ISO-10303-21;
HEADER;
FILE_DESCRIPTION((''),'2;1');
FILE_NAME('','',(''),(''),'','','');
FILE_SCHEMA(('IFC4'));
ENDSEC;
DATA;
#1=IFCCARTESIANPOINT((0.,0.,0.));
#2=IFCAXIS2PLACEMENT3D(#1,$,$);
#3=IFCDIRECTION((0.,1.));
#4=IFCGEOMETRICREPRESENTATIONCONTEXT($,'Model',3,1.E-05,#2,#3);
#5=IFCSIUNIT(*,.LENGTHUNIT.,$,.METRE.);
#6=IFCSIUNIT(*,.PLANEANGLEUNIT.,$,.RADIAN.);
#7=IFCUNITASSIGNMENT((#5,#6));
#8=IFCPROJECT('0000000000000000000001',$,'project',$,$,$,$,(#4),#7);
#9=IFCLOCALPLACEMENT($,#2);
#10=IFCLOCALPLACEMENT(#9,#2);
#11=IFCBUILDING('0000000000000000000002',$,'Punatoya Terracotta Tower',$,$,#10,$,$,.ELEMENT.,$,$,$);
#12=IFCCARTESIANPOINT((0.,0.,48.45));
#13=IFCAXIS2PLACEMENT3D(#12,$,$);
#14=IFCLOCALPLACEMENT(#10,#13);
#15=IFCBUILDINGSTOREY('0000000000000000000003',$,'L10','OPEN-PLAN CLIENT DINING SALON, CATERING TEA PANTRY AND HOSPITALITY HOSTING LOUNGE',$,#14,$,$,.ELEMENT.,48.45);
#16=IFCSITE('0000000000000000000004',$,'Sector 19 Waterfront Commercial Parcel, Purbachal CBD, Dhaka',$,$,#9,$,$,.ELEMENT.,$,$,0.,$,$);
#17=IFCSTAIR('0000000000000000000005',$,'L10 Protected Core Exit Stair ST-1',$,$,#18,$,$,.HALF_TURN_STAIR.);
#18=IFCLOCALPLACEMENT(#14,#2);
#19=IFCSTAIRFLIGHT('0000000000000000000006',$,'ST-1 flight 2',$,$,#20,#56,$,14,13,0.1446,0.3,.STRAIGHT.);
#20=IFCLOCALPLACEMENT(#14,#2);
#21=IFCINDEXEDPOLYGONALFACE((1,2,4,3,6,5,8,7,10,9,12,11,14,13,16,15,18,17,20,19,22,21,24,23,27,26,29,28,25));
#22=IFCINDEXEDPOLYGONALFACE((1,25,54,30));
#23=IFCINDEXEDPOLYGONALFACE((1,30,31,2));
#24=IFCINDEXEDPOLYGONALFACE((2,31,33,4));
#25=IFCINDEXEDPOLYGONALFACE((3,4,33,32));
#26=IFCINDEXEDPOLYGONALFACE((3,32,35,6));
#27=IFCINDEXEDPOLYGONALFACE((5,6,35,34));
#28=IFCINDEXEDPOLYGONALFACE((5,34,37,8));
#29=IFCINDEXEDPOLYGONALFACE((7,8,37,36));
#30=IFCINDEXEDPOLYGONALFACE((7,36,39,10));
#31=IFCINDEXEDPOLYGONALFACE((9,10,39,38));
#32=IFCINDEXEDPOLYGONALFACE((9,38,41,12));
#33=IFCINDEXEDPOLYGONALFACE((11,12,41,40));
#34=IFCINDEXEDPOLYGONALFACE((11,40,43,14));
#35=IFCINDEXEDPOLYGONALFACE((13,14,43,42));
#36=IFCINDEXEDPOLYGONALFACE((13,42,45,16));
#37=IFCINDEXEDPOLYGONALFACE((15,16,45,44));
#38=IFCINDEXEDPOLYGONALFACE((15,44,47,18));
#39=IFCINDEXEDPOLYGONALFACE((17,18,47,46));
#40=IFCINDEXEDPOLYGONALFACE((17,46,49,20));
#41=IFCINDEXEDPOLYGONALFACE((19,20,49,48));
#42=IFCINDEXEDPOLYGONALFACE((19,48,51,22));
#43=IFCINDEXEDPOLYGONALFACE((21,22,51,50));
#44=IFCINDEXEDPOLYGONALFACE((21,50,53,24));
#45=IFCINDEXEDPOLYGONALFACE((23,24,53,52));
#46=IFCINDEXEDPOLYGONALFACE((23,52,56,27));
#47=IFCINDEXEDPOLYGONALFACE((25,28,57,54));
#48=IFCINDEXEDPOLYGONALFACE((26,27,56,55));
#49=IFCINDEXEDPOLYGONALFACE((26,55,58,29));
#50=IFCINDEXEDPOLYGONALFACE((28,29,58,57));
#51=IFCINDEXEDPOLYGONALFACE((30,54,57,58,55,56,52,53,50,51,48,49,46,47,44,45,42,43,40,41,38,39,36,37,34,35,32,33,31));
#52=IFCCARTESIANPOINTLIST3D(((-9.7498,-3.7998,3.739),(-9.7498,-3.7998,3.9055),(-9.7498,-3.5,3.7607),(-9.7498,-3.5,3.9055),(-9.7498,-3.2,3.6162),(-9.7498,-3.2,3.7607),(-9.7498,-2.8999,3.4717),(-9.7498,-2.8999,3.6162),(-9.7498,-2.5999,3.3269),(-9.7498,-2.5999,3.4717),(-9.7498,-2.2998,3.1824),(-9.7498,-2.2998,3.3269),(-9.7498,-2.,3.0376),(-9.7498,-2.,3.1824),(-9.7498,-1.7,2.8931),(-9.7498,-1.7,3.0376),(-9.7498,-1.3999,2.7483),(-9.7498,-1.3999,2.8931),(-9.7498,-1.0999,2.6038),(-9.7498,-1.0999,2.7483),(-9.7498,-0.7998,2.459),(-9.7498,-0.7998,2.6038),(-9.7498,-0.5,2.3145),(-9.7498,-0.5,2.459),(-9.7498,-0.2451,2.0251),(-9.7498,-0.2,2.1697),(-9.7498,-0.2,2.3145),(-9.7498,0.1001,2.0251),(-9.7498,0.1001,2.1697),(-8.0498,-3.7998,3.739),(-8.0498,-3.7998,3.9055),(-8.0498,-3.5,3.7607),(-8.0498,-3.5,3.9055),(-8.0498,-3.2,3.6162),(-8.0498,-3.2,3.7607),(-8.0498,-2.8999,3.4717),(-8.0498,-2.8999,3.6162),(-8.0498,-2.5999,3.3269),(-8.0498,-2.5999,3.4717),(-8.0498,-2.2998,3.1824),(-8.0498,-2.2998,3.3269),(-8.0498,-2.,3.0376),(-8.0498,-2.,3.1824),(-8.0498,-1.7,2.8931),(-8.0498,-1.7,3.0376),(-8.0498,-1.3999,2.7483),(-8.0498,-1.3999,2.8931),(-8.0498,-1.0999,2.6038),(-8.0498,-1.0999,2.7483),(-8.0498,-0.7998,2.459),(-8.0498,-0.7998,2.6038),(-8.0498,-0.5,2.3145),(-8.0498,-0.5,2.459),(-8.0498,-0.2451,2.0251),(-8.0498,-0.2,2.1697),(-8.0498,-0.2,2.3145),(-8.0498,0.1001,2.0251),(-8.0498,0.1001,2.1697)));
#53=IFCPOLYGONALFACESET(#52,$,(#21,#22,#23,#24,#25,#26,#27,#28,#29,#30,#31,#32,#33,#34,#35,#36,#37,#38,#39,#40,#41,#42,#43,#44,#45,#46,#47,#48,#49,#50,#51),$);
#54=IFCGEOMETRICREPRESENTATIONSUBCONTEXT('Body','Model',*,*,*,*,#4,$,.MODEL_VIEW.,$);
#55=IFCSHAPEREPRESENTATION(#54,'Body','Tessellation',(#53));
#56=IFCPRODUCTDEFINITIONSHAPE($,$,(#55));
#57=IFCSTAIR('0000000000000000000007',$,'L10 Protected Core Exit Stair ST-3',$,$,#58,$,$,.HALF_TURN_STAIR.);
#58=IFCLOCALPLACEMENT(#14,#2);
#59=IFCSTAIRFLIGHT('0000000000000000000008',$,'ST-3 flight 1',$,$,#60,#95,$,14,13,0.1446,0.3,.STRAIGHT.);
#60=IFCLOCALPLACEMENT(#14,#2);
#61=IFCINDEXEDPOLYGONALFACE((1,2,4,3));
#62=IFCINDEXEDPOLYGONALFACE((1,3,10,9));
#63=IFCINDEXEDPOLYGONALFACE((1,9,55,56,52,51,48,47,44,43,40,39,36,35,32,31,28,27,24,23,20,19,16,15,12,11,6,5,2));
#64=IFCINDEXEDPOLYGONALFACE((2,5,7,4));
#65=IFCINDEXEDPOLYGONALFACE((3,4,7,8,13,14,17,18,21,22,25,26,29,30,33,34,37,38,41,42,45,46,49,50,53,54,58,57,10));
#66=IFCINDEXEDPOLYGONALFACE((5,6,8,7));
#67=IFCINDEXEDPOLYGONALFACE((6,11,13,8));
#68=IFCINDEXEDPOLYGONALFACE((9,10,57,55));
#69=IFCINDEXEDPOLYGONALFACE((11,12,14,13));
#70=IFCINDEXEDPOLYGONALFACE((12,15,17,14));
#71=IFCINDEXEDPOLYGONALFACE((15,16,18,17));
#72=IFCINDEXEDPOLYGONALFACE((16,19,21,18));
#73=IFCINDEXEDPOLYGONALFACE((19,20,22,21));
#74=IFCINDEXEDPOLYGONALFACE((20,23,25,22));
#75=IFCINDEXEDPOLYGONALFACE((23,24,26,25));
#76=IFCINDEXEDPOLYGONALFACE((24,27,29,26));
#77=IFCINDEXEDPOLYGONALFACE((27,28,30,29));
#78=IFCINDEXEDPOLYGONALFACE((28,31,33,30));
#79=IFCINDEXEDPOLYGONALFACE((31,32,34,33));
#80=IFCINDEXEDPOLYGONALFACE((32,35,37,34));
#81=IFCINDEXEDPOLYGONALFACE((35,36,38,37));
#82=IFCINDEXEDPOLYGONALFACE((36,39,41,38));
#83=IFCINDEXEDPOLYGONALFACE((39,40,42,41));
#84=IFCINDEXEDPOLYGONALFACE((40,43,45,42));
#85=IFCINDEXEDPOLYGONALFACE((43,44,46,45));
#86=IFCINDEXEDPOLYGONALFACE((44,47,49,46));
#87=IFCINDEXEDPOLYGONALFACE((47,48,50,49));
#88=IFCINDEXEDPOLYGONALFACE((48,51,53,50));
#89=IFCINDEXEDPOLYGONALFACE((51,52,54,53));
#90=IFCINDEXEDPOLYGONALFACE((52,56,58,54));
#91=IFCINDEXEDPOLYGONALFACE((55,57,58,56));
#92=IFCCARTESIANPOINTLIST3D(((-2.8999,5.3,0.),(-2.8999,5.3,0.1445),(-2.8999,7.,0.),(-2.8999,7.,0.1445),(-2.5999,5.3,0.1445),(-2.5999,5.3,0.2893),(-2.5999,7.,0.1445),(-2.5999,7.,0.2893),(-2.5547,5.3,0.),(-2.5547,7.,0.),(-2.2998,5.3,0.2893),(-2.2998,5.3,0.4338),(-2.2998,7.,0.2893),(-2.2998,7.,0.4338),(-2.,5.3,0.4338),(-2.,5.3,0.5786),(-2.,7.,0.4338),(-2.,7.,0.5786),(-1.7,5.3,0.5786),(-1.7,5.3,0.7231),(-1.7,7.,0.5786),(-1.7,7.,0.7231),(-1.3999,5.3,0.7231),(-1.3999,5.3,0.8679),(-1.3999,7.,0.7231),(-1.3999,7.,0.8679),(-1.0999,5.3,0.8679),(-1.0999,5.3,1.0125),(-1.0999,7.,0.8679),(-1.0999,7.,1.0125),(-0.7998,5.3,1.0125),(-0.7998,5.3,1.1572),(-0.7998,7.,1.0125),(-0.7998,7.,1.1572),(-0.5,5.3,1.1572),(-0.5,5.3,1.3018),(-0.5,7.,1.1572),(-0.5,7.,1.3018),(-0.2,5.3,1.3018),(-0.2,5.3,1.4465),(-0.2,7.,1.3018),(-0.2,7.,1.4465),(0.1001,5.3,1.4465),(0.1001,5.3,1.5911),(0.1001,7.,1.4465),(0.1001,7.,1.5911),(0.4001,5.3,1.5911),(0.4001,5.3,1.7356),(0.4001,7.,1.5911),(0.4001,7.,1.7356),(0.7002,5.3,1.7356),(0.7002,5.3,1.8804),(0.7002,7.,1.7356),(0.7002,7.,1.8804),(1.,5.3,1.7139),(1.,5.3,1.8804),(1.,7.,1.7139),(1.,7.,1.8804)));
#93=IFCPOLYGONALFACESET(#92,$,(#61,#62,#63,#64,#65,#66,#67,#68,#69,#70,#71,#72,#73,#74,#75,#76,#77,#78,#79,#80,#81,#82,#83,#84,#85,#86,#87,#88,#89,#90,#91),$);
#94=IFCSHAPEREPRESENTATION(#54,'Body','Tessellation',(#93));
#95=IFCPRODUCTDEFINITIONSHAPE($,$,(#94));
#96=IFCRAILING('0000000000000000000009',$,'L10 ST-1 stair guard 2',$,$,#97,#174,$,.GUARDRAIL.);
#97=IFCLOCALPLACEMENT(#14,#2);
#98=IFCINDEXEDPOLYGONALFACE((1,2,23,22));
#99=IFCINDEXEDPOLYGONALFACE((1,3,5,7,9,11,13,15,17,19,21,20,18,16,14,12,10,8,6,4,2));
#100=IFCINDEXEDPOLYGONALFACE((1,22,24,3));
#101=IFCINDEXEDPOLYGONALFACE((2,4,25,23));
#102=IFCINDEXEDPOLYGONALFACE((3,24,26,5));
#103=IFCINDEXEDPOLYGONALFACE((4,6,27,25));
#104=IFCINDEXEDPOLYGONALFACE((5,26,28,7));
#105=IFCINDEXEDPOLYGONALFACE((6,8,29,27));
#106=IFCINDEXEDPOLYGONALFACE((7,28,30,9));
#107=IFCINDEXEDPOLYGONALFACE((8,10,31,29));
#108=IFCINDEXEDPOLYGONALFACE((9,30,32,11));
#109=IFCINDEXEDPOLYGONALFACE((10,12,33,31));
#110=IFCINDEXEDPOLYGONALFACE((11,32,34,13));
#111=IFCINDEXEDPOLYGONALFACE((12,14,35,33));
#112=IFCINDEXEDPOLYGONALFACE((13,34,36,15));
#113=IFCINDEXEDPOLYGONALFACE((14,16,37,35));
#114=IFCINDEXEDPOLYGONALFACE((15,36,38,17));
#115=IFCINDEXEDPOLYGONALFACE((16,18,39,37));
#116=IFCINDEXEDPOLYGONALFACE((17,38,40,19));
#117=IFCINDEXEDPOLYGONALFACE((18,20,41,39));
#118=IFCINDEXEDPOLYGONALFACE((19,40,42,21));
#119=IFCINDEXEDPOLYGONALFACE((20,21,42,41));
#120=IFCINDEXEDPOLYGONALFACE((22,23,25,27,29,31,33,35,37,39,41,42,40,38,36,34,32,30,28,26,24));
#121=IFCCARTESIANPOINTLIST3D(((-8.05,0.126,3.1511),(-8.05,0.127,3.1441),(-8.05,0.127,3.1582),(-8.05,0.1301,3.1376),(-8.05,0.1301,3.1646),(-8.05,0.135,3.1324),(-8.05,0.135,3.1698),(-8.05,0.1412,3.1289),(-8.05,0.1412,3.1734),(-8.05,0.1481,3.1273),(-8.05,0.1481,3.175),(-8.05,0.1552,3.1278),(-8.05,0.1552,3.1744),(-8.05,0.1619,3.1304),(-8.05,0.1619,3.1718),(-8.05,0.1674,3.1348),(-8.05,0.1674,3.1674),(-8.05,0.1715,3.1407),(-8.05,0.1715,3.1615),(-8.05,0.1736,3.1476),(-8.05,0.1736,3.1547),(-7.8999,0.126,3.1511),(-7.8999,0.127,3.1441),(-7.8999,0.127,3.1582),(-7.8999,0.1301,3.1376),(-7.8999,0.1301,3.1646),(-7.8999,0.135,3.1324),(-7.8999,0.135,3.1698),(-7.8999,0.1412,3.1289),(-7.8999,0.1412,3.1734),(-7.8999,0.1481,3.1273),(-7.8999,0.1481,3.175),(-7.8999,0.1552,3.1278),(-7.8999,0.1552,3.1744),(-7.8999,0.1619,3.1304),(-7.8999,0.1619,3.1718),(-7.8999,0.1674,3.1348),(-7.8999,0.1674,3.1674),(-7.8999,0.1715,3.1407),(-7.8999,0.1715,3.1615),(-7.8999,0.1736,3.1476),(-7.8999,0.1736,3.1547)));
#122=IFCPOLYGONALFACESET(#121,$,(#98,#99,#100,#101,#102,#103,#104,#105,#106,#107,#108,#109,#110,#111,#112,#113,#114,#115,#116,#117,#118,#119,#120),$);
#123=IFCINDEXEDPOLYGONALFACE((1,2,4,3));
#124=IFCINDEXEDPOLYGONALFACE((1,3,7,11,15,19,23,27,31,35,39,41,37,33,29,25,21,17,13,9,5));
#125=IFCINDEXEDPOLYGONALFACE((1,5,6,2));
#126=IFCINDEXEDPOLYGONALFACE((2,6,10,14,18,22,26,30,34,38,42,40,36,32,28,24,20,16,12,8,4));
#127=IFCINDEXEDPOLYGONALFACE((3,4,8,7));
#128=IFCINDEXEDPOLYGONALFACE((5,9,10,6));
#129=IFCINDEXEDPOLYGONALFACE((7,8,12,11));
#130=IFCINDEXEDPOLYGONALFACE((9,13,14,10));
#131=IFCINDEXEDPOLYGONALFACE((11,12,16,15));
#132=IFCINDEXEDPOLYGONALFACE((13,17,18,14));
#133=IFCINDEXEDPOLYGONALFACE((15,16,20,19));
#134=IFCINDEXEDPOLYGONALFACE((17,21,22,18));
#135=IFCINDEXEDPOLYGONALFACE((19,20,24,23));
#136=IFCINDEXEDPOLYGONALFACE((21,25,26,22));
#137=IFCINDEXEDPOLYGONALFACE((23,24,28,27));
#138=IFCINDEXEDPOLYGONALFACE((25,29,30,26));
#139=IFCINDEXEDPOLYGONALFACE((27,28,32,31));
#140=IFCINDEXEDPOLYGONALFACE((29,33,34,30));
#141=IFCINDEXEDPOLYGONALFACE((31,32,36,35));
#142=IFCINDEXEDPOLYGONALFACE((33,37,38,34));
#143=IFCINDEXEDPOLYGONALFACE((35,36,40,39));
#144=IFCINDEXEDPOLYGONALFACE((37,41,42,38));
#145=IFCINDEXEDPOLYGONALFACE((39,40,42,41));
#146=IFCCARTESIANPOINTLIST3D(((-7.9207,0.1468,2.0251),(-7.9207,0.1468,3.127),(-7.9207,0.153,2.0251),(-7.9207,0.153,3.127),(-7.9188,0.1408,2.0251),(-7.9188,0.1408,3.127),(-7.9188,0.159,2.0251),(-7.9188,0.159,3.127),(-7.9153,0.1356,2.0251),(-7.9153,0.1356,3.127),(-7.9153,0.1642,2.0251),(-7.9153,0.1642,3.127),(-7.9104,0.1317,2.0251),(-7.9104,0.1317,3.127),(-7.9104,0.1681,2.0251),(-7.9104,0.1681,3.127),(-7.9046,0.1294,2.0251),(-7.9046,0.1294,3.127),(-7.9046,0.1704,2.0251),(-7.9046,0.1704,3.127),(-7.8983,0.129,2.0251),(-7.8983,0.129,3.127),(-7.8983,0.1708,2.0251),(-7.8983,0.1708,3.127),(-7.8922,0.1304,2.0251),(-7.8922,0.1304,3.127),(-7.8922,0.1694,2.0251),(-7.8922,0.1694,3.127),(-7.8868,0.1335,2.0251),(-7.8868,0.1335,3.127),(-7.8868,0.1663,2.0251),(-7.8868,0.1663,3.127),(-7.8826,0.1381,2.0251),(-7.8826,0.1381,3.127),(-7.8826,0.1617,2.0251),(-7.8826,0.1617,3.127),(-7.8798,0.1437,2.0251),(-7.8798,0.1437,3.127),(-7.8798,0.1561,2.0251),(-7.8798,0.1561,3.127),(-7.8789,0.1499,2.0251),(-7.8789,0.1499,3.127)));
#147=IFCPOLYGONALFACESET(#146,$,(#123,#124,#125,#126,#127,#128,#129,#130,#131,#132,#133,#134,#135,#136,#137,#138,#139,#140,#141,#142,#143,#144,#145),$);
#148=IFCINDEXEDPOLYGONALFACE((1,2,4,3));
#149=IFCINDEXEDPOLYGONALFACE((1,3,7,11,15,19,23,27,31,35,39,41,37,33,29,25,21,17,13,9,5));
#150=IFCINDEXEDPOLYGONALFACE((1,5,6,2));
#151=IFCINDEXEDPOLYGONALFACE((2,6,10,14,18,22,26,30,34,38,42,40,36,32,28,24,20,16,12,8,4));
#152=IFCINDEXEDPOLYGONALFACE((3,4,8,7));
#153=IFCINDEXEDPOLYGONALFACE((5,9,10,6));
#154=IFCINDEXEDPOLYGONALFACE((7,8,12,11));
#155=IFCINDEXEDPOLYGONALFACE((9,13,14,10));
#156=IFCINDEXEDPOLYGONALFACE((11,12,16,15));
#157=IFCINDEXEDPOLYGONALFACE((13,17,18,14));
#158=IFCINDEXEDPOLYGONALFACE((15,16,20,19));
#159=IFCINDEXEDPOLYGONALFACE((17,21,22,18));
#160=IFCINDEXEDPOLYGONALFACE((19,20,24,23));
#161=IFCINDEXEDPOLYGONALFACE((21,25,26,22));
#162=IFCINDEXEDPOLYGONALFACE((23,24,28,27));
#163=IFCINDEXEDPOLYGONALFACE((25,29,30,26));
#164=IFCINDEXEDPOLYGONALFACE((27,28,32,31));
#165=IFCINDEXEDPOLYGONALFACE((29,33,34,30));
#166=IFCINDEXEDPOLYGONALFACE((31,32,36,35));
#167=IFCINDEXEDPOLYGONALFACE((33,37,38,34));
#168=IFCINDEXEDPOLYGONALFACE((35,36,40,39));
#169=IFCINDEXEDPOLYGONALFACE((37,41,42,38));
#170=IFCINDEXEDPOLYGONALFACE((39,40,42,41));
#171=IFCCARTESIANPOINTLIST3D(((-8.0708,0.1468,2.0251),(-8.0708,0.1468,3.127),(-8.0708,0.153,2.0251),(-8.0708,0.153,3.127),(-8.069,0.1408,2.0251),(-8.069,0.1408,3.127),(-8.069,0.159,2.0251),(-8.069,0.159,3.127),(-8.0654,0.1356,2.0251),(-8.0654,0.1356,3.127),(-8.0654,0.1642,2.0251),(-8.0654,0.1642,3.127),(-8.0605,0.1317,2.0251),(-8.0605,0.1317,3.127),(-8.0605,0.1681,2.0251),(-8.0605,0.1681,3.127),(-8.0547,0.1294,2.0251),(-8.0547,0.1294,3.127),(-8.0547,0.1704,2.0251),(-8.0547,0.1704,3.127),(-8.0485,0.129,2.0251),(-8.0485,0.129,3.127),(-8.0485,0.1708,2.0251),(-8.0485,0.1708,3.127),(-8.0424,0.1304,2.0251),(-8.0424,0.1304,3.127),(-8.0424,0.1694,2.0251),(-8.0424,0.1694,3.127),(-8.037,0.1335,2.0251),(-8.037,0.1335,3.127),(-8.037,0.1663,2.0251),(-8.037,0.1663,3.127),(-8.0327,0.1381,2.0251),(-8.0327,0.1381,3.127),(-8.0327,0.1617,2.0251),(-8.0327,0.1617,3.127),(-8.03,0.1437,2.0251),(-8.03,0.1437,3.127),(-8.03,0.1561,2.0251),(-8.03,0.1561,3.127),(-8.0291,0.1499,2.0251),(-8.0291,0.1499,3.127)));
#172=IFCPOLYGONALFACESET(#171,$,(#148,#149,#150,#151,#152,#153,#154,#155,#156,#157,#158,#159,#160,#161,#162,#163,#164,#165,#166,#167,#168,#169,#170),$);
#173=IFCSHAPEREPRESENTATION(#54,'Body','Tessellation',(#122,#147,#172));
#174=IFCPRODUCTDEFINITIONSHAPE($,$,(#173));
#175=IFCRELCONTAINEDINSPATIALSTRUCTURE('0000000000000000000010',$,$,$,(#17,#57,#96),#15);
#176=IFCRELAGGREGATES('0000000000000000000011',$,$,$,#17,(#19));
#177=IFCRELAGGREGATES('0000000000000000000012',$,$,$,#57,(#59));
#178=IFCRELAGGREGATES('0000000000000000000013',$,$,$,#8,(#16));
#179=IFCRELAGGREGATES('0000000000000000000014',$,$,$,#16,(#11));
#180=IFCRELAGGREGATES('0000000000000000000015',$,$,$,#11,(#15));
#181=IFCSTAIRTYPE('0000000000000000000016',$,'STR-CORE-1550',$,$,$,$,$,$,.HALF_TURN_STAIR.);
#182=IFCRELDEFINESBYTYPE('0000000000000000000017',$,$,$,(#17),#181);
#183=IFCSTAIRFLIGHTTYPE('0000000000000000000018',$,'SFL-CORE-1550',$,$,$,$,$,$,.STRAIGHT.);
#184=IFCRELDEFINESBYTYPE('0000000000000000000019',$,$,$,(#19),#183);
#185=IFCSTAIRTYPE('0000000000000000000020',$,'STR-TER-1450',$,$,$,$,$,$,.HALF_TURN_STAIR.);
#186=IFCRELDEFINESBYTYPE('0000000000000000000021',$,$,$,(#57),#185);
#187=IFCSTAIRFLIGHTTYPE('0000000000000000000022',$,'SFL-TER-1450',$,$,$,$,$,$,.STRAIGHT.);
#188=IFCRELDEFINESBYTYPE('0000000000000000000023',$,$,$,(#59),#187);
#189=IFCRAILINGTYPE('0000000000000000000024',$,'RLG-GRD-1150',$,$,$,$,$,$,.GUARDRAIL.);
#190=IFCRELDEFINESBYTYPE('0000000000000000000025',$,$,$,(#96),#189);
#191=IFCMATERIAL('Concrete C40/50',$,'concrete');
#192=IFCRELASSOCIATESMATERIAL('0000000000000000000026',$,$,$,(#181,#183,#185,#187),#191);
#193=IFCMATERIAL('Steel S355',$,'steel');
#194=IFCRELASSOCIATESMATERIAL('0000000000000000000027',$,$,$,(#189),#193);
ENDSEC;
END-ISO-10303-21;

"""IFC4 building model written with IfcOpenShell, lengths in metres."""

from ifc_helpers import new_model, si_unit, direction, frame, origin, origin_2d, place, context, subcontext, project, spatial, polyline, circle, outline, extrude, material, type_object, element, aggregate, save


model = new_model("IFC4")

# Units and contexts
model_context = context("Model", 3, precision=1e-05, world=origin(), true_north=direction((0.0, 1.0)))
body_context = subcontext(model_context, "Body", "Model", "MODEL_VIEW")
ifc_project = project(units=[si_unit("LENGTHUNIT", "METRE"), si_unit("PLANEANGLEUNIT", "RADIAN")], contexts=[model_context])

# Site, building, storey
site_placement = place(None, origin())
site = spatial("IfcSite", under=ifc_project, at=site_placement, Name="Sector 19 Waterfront Commercial Parcel, Purbachal CBD, Dhaka", CompositionType="ELEMENT", RefElevation=0.0)
building_placement = place(site_placement, origin())
building = spatial("IfcBuilding", under=site, at=building_placement, Name="Punatoya Terracotta Tower", CompositionType="ELEMENT")
storey_placement = place(building_placement, frame((0.0, 0.0, 48.45)))
storey = spatial("IfcBuildingStorey", under=building, at=storey_placement, Name="L10", Description="OPEN-PLAN CLIENT DINING SALON, CATERING TEA PANTRY AND HOSPITALITY HOSTING LOUNGE", CompositionType="ELEMENT", Elevation=48.45)

# Shared definitions
ifc_material_1 = material(Name="Steel S355", Category="steel")

# Shared definitions
ifc_material_2 = material(Name="Concrete C40/50", Category="concrete")

# Stairs, stair flights
stair_type_1 = type_object("IfcStairType", Name="STR-CORE-1550", PredefinedType="HALF_TURN_STAIR", material=ifc_material_2)
stair_1_placement = place(storey_placement, origin())
stair_1 = element("IfcStair", 1, at=stair_1_placement, inside=storey, type_object=stair_type_1, Name="L10 Protected Core Exit Stair ST-1", PredefinedType="HALF_TURN_STAIR")
stair_flight_type_1 = type_object("IfcStairFlightType", Name="SFL-CORE-1550", PredefinedType="STRAIGHT", material=ifc_material_2)
stair_flight_1_placement = place(storey_placement, frame((-8.8999, 0.1001, 2.0251), z_axis=(0.0, 0.0, 1.0), x_axis=(0.0, -1.0, 0.0)))
stair_flight_1 = element("IfcStairFlight", 2, at=stair_flight_1_placement, type_object=stair_flight_type_1, Name="ST-1 flight 2", NumberOfRisers=14, NumberOfTreads=13, PredefinedType="STRAIGHT", RiserHeight=0.1446, TreadLength=0.3, context=body_context, shape_type="SweptSolid", body=[
    extrude(outline(polyline([(0.0, 0.0), (0.0, 0.1445), (0.3, 0.1445), (0.3, 0.2893), (0.6001, 0.2893), (0.6001, 0.4338), (0.8999, 0.4338), (0.8999, 0.5786), (1.2, 0.5786), (1.2, 0.7231), (1.5, 0.7231), (1.5, 0.8679), (1.8, 0.8679), (1.8, 1.0125), (2.1001, 1.0125), (2.1001, 1.1572), (2.3999, 1.1572), (2.3999, 1.3018), (2.7, 1.3018), (2.7, 1.4465), (3.0, 1.4465), (3.0, 1.5911), (3.3, 1.5911), (3.3, 1.7356), (3.6001, 1.7356), (3.6001, 1.8804), (3.8999, 1.8804), (3.8999, 2.0249), (3.8999, 1.7139), (0.3452, 0.0), (0.0, 0.0)])), frame((0.0, 0.8501, 0.0), z_axis=(0.0, -1.0, 0.0), x_axis=(1.0, 0.0, 0.0)), (0.0, 0.0, 1.0), 1.7),
])
aggregate(stair_1, [stair_flight_1])
stair_type_2 = type_object("IfcStairType", Name="STR-TER-1450", PredefinedType="HALF_TURN_STAIR", material=ifc_material_2)
stair_2_placement = place(storey_placement, origin())
stair_2 = element("IfcStair", 3, at=stair_2_placement, inside=storey, type_object=stair_type_2, Name="L10 Protected Core Exit Stair ST-3", PredefinedType="HALF_TURN_STAIR")
stair_flight_type_2 = type_object("IfcStairFlightType", Name="SFL-TER-1450", PredefinedType="STRAIGHT", material=ifc_material_2)
stair_flight_2_placement = place(storey_placement, frame((-2.8999, 6.1499, 0.0), z_axis=(0.0, 0.0, 1.0), x_axis=(1.0, 0.0, 0.0)))
stair_flight_2 = element("IfcStairFlight", 4, at=stair_flight_2_placement, type_object=stair_flight_type_2, Name="ST-3 flight 1", NumberOfRisers=14, NumberOfTreads=13, PredefinedType="STRAIGHT", RiserHeight=0.1446, TreadLength=0.3, context=body_context, shape_type="SweptSolid", body=[
    extrude(outline(polyline([(0.0, 0.0), (0.0, 0.1445), (0.3, 0.1445), (0.3, 0.2893), (0.6001, 0.2893), (0.6001, 0.4338), (0.8999, 0.4338), (0.8999, 0.5786), (1.2, 0.5786), (1.2, 0.7231), (1.5, 0.7231), (1.5, 0.8679), (1.8, 0.8679), (1.8, 1.0125), (2.1001, 1.0125), (2.1001, 1.1572), (2.3999, 1.1572), (2.3999, 1.3018), (2.7, 1.3018), (2.7, 1.4465), (3.0, 1.4465), (3.0, 1.5911), (3.3, 1.5911), (3.3, 1.7356), (3.6001, 1.7356), (3.6001, 1.8804), (3.8999, 1.8804), (3.8999, 2.0249), (3.8999, 1.7139), (0.3452, 0.0), (0.0, 0.0)])), frame((0.0, 0.8501, 0.0), z_axis=(0.0, -1.0, 0.0), x_axis=(1.0, 0.0, 0.0)), (0.0, 0.0, 1.0), 1.7),
])
aggregate(stair_2, [stair_flight_2])

# Railing
railing_type_1 = type_object("IfcRailingType", Name="RLG-GRD-1150", PredefinedType="GUARDRAIL", material=ifc_material_1)
railing_1_placement = place(storey_placement, frame((-7.8999, 0.1499, 2.0251)))
element("IfcRailing", 5, at=railing_1_placement, inside=storey, type_object=railing_type_1, Name="L10 ST-1 stair guard 2", PredefinedType="GUARDRAIL", context=body_context, shape_type="SweptSolid", body=[
    extrude(circle(Radius=0.0239, at=origin_2d()), frame((0.0, 0.0, 1.126), z_axis=(-1.0, 0.0, 0.0), x_axis=(0.0, -1.0, 0.0)), (0.0, 0.0, 1.0), 0.1501),
    extrude(circle(Radius=0.021, at=origin_2d()), origin(), (0.0, 0.0, 1.0), 1.1018),
    extrude(circle(Radius=0.021, at=origin_2d()), frame((-0.1501, 0.0, 0.0)), (0.0, 0.0, 1.0), 1.1018),
])

save(model, "model.ifc")
